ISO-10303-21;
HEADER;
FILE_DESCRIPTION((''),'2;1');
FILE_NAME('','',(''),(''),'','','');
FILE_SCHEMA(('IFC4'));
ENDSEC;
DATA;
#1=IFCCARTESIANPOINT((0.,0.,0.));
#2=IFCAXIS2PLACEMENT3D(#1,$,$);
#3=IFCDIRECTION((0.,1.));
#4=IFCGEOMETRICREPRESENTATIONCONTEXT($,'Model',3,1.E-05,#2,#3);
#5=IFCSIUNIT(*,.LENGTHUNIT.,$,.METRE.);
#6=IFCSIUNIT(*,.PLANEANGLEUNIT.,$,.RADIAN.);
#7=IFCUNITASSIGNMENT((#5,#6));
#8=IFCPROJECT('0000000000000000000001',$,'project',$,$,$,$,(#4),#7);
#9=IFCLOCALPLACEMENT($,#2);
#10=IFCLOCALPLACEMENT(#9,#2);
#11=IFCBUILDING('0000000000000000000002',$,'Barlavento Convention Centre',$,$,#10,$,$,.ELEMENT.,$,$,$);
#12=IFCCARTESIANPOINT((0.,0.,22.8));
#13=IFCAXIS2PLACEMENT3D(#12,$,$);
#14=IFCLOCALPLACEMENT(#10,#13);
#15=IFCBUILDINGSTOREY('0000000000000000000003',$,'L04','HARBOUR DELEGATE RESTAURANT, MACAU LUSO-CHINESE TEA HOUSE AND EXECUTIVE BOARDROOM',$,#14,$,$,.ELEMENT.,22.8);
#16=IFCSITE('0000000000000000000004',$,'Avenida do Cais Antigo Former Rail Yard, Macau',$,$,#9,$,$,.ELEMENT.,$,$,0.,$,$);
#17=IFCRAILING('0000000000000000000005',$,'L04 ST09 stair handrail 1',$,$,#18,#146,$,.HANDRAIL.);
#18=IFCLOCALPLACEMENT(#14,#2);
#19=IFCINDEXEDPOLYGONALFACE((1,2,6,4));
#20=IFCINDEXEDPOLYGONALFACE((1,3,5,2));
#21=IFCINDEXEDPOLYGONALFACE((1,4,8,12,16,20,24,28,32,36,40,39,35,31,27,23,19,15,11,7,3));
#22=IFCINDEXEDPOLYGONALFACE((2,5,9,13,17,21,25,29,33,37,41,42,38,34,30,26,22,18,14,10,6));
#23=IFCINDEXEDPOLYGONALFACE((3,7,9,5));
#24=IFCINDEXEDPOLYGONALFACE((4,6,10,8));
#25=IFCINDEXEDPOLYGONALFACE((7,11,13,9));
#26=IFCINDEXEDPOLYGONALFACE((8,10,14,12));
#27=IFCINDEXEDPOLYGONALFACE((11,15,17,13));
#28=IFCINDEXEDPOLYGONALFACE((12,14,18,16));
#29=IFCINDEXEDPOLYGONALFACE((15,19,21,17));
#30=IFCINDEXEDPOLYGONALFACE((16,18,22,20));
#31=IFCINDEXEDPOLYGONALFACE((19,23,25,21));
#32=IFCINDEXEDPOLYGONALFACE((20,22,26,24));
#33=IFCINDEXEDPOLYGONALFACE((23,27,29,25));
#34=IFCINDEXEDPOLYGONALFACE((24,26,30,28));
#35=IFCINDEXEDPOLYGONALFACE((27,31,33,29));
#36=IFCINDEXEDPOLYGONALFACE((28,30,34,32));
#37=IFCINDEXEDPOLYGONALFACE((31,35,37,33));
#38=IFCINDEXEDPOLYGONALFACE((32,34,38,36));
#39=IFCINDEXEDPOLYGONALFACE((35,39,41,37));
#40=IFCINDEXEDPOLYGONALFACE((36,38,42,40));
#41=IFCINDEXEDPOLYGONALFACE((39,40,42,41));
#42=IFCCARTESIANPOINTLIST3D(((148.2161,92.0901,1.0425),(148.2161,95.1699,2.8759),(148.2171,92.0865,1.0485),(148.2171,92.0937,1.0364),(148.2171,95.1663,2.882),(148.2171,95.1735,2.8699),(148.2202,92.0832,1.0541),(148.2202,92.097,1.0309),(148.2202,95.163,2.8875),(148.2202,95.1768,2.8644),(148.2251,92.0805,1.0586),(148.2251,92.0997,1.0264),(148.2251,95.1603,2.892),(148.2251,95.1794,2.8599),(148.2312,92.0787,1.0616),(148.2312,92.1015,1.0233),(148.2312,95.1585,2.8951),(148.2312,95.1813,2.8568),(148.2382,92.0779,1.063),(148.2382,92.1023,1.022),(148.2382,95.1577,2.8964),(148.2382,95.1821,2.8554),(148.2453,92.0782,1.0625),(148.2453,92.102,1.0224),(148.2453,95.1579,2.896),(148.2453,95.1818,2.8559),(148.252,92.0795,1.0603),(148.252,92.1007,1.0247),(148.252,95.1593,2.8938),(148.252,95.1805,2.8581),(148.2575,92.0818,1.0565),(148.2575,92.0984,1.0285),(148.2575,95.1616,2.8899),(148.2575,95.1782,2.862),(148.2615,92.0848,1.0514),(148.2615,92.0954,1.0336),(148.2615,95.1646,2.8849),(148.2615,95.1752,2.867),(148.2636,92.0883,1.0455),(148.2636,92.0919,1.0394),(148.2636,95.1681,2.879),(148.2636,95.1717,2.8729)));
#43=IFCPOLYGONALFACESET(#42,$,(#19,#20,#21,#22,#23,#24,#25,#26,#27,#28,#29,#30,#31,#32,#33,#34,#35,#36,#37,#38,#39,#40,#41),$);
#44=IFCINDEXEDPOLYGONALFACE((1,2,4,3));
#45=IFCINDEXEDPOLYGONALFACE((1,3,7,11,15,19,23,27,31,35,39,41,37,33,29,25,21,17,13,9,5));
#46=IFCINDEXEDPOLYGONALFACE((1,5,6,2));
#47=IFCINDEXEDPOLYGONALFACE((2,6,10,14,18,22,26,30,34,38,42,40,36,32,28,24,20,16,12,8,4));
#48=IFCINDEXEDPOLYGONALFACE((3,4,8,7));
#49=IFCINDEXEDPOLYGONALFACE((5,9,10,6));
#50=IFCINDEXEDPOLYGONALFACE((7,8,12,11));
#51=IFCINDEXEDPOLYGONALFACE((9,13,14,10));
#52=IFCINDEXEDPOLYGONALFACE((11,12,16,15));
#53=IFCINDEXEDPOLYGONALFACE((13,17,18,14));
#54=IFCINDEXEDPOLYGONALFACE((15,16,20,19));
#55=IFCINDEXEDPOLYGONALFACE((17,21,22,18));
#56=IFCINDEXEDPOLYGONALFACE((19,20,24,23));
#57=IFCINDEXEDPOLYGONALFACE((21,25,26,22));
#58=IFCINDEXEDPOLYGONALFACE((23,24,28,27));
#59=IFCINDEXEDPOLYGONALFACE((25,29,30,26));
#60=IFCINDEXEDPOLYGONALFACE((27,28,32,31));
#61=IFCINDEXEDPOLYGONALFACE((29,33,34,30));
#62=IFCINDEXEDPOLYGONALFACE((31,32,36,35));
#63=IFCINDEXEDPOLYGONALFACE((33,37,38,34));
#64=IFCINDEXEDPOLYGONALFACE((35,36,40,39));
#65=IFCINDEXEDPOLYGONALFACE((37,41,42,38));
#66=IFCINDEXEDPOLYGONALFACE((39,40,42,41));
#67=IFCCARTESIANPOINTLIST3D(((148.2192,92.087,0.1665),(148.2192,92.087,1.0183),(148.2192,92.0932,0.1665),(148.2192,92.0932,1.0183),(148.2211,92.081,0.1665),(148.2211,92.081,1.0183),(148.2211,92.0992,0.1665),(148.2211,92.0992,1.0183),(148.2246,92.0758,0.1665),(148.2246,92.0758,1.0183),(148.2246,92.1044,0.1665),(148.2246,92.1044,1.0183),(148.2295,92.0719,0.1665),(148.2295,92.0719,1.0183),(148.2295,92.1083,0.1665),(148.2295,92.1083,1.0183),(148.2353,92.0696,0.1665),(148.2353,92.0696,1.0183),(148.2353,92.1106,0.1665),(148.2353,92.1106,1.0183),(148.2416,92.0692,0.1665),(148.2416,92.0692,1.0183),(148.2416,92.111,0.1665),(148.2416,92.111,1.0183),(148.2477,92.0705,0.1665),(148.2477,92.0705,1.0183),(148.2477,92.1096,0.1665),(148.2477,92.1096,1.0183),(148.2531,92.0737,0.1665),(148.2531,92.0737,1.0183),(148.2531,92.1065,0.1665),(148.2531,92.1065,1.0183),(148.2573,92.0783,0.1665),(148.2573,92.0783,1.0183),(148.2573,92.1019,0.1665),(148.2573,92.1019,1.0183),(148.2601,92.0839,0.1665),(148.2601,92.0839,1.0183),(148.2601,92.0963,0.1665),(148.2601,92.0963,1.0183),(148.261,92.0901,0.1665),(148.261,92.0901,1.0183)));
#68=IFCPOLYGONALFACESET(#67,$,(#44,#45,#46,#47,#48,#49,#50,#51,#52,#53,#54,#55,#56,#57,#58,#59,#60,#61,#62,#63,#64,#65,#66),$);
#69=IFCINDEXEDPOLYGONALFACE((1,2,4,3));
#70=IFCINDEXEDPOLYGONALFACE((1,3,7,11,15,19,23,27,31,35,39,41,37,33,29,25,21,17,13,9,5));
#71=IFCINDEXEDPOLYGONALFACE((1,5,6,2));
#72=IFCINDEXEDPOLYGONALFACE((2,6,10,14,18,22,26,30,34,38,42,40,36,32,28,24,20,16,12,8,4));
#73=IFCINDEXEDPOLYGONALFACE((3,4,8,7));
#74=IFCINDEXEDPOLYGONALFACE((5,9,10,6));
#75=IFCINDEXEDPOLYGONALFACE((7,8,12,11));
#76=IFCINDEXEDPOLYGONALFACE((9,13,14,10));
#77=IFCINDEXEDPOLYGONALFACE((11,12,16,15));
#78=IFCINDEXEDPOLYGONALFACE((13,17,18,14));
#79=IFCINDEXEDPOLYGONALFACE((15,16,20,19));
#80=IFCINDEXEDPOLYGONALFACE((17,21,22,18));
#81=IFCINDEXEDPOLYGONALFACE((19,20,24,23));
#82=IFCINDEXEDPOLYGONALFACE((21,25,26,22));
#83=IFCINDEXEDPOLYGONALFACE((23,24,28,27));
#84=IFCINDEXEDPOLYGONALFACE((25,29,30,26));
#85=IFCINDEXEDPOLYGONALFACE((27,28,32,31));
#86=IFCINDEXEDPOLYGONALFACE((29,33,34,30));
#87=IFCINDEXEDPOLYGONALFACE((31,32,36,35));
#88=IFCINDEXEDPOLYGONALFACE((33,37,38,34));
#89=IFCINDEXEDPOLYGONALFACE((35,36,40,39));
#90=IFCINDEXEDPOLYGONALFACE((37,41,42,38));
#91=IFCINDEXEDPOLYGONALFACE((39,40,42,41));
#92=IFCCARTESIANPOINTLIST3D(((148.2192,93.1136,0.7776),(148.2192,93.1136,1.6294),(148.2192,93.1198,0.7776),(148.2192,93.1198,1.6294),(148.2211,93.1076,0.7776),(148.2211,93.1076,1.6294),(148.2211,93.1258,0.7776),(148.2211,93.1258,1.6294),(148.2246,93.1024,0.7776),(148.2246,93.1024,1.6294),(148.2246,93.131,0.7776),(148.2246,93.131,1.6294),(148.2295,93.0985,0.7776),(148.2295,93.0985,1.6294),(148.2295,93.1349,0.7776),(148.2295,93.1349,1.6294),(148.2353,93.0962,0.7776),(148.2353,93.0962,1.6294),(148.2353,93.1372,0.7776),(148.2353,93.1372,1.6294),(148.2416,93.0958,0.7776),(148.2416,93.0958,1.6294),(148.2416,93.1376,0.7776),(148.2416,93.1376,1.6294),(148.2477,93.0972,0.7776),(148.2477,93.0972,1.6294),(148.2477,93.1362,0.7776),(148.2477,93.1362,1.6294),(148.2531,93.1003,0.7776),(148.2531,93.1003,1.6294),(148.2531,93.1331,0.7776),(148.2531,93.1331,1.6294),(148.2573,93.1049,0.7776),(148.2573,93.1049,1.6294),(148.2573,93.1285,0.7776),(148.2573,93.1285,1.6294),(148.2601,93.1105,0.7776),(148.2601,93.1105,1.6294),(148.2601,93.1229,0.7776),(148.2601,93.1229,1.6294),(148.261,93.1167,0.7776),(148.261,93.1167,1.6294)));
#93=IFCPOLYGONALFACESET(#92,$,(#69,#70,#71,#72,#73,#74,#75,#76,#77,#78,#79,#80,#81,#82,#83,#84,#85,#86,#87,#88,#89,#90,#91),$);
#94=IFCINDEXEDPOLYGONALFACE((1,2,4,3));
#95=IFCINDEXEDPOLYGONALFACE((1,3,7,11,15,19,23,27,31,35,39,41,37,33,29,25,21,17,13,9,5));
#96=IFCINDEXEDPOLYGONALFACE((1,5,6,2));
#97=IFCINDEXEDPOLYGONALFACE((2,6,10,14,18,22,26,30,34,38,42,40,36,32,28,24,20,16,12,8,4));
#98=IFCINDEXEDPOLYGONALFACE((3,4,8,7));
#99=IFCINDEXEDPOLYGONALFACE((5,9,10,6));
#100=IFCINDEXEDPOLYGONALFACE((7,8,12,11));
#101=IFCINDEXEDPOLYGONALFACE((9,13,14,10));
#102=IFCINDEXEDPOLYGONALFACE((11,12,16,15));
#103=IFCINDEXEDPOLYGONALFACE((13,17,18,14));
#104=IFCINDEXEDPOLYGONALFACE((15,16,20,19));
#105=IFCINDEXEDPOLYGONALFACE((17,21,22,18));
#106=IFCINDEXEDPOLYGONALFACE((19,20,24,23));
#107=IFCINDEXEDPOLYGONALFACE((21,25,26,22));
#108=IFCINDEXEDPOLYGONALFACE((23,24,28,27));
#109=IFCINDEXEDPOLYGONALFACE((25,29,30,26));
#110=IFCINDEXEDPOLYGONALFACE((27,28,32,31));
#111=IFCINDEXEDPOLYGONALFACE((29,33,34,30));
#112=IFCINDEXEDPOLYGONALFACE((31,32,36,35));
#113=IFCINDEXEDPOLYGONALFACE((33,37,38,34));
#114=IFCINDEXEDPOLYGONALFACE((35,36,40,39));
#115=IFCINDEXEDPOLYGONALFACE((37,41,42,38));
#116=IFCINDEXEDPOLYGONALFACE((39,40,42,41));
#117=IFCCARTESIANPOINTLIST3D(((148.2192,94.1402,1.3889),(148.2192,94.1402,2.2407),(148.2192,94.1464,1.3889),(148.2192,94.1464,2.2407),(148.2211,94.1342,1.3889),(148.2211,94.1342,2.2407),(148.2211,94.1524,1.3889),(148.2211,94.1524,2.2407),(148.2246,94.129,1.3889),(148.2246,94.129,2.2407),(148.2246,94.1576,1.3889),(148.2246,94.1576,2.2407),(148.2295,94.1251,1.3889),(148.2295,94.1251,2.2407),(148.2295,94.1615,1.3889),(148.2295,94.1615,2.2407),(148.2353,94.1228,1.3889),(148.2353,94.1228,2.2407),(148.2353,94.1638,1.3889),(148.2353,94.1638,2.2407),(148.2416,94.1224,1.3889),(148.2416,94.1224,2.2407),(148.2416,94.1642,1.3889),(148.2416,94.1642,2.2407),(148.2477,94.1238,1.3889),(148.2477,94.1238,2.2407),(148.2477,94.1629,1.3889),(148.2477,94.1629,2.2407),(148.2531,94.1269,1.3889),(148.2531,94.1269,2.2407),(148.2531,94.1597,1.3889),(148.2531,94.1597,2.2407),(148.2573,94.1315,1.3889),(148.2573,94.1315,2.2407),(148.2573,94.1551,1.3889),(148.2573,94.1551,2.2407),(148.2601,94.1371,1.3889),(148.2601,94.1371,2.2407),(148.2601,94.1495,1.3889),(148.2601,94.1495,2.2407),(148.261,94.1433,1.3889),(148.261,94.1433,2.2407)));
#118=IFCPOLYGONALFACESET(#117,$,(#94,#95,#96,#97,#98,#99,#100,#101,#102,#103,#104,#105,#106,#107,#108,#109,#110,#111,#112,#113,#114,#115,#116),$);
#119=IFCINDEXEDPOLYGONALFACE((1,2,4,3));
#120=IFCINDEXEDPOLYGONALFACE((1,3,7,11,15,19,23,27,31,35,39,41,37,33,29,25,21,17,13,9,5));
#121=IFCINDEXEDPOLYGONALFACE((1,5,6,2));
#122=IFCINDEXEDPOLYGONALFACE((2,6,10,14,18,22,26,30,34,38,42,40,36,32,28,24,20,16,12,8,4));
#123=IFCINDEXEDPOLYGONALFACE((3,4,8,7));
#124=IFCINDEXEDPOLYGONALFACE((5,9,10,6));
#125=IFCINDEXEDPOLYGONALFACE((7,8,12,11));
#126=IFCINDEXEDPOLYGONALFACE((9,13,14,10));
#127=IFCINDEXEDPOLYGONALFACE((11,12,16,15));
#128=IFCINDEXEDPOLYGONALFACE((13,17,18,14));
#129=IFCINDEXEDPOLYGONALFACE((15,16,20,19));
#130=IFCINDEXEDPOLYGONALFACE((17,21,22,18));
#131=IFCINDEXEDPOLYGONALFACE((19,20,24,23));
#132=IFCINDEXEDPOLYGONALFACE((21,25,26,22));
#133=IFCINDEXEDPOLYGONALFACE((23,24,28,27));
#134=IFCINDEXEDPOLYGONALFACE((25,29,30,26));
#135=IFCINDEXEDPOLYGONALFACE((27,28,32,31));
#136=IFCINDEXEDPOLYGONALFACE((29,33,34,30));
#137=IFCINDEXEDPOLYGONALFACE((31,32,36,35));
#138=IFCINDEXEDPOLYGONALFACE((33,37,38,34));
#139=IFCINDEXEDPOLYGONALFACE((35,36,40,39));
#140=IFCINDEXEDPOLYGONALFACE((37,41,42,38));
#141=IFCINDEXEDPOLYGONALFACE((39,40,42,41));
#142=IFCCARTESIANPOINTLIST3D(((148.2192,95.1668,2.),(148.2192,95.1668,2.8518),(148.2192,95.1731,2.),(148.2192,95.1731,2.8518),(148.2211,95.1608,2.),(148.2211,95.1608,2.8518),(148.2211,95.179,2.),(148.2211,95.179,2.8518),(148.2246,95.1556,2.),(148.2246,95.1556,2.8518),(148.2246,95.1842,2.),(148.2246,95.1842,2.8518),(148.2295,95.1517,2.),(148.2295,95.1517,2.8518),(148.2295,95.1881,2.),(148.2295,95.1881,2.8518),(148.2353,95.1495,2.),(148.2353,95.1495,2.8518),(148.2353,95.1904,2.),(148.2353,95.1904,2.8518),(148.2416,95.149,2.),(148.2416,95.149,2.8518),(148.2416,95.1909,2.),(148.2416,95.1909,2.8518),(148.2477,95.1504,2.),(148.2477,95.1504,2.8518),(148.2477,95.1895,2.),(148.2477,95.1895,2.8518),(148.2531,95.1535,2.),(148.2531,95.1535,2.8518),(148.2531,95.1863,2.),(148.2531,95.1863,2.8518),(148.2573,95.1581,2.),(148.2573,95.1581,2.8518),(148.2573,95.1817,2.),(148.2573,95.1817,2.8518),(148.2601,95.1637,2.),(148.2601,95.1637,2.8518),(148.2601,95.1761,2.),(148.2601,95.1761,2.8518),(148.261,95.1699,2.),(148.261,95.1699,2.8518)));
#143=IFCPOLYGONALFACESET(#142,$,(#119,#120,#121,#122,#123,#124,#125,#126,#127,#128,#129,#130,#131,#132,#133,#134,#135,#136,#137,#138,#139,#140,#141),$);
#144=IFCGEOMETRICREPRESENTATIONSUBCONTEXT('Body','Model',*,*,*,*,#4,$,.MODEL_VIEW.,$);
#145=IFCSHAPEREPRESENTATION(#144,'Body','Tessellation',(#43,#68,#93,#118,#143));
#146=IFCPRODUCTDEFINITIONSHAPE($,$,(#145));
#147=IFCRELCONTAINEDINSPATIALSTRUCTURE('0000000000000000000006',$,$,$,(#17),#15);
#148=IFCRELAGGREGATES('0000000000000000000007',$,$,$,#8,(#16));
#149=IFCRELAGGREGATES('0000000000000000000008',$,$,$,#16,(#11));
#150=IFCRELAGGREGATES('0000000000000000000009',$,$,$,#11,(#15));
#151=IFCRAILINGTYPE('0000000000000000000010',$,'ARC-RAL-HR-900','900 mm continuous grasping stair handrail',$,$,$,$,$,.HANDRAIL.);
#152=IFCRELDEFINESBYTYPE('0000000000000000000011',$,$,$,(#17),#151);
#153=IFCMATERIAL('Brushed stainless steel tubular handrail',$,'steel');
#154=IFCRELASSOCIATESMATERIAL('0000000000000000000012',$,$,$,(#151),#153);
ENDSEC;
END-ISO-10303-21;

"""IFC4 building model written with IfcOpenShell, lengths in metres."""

from ifc_helpers import new_model, si_unit, direction, frame, origin, origin_2d, place, context, subcontext, project, spatial, circle, extrude, material, type_object, element, save


model = new_model("IFC4")

# Units and contexts
model_context = context("Model", 3, precision=1e-05, world=origin(), true_north=direction((0.0, 1.0)))
body_context = subcontext(model_context, "Body", "Model", "MODEL_VIEW")
ifc_project = project(units=[si_unit("LENGTHUNIT", "METRE"), si_unit("PLANEANGLEUNIT", "RADIAN")], contexts=[model_context])

# Site, building, storey
site_placement = place(None, origin())
site = spatial("IfcSite", under=ifc_project, at=site_placement, Name="Avenida do Cais Antigo Former Rail Yard, Macau", CompositionType="ELEMENT", RefElevation=0.0)
building_placement = place(site_placement, origin())
building = spatial("IfcBuilding", under=site, at=building_placement, Name="Barlavento Convention Centre", CompositionType="ELEMENT")
storey_placement = place(building_placement, frame((0.0, 0.0, 22.8)))
storey = spatial("IfcBuildingStorey", under=building, at=storey_placement, Name="L04", Description="HARBOUR DELEGATE RESTAURANT, MACAU LUSO-CHINESE TEA HOUSE AND EXECUTIVE BOARDROOM", CompositionType="ELEMENT", Elevation=22.8)

# Railing
ifc_material_1 = material(Name="Brushed stainless steel tubular handrail", Category="steel")
railing_type_1 = type_object("IfcRailingType", Name="ARC-RAL-HR-900", Description="900 mm continuous grasping stair handrail", PredefinedType="HANDRAIL", material=ifc_material_1)
railing_1_placement = place(storey_placement, frame((148.24, 92.0901, 0.1665)))
element("IfcRailing", 1, at=railing_1_placement, inside=storey, type_object=railing_type_1, Name="L04 ST09 stair handrail 1", PredefinedType="HANDRAIL", context=body_context, shape_type="SweptSolid", body=[
    extrude(circle(Radius=0.0239, at=origin_2d()), frame((0.0, 0.0, 0.876), z_axis=(0.0, 0.859261, 0.511538), x_axis=(-1.0, 0.0, 0.0)), (0.0, 0.0, 1.0), 3.5842),
    extrude(circle(Radius=0.021, at=origin_2d()), origin(), (0.0, 0.0, 1.0), 0.8518),
    extrude(circle(Radius=0.021, at=origin_2d()), frame((0.0, 1.0266, 0.6111)), (0.0, 0.0, 1.0), 0.8518),
    extrude(circle(Radius=0.021, at=origin_2d()), frame((0.0, 2.0532, 1.2224)), (0.0, 0.0, 1.0), 0.8518),
    extrude(circle(Radius=0.021, at=origin_2d()), frame((0.0, 3.0798, 1.8335)), (0.0, 0.0, 1.0), 0.8518),
])

save(model, "model.ifc")
